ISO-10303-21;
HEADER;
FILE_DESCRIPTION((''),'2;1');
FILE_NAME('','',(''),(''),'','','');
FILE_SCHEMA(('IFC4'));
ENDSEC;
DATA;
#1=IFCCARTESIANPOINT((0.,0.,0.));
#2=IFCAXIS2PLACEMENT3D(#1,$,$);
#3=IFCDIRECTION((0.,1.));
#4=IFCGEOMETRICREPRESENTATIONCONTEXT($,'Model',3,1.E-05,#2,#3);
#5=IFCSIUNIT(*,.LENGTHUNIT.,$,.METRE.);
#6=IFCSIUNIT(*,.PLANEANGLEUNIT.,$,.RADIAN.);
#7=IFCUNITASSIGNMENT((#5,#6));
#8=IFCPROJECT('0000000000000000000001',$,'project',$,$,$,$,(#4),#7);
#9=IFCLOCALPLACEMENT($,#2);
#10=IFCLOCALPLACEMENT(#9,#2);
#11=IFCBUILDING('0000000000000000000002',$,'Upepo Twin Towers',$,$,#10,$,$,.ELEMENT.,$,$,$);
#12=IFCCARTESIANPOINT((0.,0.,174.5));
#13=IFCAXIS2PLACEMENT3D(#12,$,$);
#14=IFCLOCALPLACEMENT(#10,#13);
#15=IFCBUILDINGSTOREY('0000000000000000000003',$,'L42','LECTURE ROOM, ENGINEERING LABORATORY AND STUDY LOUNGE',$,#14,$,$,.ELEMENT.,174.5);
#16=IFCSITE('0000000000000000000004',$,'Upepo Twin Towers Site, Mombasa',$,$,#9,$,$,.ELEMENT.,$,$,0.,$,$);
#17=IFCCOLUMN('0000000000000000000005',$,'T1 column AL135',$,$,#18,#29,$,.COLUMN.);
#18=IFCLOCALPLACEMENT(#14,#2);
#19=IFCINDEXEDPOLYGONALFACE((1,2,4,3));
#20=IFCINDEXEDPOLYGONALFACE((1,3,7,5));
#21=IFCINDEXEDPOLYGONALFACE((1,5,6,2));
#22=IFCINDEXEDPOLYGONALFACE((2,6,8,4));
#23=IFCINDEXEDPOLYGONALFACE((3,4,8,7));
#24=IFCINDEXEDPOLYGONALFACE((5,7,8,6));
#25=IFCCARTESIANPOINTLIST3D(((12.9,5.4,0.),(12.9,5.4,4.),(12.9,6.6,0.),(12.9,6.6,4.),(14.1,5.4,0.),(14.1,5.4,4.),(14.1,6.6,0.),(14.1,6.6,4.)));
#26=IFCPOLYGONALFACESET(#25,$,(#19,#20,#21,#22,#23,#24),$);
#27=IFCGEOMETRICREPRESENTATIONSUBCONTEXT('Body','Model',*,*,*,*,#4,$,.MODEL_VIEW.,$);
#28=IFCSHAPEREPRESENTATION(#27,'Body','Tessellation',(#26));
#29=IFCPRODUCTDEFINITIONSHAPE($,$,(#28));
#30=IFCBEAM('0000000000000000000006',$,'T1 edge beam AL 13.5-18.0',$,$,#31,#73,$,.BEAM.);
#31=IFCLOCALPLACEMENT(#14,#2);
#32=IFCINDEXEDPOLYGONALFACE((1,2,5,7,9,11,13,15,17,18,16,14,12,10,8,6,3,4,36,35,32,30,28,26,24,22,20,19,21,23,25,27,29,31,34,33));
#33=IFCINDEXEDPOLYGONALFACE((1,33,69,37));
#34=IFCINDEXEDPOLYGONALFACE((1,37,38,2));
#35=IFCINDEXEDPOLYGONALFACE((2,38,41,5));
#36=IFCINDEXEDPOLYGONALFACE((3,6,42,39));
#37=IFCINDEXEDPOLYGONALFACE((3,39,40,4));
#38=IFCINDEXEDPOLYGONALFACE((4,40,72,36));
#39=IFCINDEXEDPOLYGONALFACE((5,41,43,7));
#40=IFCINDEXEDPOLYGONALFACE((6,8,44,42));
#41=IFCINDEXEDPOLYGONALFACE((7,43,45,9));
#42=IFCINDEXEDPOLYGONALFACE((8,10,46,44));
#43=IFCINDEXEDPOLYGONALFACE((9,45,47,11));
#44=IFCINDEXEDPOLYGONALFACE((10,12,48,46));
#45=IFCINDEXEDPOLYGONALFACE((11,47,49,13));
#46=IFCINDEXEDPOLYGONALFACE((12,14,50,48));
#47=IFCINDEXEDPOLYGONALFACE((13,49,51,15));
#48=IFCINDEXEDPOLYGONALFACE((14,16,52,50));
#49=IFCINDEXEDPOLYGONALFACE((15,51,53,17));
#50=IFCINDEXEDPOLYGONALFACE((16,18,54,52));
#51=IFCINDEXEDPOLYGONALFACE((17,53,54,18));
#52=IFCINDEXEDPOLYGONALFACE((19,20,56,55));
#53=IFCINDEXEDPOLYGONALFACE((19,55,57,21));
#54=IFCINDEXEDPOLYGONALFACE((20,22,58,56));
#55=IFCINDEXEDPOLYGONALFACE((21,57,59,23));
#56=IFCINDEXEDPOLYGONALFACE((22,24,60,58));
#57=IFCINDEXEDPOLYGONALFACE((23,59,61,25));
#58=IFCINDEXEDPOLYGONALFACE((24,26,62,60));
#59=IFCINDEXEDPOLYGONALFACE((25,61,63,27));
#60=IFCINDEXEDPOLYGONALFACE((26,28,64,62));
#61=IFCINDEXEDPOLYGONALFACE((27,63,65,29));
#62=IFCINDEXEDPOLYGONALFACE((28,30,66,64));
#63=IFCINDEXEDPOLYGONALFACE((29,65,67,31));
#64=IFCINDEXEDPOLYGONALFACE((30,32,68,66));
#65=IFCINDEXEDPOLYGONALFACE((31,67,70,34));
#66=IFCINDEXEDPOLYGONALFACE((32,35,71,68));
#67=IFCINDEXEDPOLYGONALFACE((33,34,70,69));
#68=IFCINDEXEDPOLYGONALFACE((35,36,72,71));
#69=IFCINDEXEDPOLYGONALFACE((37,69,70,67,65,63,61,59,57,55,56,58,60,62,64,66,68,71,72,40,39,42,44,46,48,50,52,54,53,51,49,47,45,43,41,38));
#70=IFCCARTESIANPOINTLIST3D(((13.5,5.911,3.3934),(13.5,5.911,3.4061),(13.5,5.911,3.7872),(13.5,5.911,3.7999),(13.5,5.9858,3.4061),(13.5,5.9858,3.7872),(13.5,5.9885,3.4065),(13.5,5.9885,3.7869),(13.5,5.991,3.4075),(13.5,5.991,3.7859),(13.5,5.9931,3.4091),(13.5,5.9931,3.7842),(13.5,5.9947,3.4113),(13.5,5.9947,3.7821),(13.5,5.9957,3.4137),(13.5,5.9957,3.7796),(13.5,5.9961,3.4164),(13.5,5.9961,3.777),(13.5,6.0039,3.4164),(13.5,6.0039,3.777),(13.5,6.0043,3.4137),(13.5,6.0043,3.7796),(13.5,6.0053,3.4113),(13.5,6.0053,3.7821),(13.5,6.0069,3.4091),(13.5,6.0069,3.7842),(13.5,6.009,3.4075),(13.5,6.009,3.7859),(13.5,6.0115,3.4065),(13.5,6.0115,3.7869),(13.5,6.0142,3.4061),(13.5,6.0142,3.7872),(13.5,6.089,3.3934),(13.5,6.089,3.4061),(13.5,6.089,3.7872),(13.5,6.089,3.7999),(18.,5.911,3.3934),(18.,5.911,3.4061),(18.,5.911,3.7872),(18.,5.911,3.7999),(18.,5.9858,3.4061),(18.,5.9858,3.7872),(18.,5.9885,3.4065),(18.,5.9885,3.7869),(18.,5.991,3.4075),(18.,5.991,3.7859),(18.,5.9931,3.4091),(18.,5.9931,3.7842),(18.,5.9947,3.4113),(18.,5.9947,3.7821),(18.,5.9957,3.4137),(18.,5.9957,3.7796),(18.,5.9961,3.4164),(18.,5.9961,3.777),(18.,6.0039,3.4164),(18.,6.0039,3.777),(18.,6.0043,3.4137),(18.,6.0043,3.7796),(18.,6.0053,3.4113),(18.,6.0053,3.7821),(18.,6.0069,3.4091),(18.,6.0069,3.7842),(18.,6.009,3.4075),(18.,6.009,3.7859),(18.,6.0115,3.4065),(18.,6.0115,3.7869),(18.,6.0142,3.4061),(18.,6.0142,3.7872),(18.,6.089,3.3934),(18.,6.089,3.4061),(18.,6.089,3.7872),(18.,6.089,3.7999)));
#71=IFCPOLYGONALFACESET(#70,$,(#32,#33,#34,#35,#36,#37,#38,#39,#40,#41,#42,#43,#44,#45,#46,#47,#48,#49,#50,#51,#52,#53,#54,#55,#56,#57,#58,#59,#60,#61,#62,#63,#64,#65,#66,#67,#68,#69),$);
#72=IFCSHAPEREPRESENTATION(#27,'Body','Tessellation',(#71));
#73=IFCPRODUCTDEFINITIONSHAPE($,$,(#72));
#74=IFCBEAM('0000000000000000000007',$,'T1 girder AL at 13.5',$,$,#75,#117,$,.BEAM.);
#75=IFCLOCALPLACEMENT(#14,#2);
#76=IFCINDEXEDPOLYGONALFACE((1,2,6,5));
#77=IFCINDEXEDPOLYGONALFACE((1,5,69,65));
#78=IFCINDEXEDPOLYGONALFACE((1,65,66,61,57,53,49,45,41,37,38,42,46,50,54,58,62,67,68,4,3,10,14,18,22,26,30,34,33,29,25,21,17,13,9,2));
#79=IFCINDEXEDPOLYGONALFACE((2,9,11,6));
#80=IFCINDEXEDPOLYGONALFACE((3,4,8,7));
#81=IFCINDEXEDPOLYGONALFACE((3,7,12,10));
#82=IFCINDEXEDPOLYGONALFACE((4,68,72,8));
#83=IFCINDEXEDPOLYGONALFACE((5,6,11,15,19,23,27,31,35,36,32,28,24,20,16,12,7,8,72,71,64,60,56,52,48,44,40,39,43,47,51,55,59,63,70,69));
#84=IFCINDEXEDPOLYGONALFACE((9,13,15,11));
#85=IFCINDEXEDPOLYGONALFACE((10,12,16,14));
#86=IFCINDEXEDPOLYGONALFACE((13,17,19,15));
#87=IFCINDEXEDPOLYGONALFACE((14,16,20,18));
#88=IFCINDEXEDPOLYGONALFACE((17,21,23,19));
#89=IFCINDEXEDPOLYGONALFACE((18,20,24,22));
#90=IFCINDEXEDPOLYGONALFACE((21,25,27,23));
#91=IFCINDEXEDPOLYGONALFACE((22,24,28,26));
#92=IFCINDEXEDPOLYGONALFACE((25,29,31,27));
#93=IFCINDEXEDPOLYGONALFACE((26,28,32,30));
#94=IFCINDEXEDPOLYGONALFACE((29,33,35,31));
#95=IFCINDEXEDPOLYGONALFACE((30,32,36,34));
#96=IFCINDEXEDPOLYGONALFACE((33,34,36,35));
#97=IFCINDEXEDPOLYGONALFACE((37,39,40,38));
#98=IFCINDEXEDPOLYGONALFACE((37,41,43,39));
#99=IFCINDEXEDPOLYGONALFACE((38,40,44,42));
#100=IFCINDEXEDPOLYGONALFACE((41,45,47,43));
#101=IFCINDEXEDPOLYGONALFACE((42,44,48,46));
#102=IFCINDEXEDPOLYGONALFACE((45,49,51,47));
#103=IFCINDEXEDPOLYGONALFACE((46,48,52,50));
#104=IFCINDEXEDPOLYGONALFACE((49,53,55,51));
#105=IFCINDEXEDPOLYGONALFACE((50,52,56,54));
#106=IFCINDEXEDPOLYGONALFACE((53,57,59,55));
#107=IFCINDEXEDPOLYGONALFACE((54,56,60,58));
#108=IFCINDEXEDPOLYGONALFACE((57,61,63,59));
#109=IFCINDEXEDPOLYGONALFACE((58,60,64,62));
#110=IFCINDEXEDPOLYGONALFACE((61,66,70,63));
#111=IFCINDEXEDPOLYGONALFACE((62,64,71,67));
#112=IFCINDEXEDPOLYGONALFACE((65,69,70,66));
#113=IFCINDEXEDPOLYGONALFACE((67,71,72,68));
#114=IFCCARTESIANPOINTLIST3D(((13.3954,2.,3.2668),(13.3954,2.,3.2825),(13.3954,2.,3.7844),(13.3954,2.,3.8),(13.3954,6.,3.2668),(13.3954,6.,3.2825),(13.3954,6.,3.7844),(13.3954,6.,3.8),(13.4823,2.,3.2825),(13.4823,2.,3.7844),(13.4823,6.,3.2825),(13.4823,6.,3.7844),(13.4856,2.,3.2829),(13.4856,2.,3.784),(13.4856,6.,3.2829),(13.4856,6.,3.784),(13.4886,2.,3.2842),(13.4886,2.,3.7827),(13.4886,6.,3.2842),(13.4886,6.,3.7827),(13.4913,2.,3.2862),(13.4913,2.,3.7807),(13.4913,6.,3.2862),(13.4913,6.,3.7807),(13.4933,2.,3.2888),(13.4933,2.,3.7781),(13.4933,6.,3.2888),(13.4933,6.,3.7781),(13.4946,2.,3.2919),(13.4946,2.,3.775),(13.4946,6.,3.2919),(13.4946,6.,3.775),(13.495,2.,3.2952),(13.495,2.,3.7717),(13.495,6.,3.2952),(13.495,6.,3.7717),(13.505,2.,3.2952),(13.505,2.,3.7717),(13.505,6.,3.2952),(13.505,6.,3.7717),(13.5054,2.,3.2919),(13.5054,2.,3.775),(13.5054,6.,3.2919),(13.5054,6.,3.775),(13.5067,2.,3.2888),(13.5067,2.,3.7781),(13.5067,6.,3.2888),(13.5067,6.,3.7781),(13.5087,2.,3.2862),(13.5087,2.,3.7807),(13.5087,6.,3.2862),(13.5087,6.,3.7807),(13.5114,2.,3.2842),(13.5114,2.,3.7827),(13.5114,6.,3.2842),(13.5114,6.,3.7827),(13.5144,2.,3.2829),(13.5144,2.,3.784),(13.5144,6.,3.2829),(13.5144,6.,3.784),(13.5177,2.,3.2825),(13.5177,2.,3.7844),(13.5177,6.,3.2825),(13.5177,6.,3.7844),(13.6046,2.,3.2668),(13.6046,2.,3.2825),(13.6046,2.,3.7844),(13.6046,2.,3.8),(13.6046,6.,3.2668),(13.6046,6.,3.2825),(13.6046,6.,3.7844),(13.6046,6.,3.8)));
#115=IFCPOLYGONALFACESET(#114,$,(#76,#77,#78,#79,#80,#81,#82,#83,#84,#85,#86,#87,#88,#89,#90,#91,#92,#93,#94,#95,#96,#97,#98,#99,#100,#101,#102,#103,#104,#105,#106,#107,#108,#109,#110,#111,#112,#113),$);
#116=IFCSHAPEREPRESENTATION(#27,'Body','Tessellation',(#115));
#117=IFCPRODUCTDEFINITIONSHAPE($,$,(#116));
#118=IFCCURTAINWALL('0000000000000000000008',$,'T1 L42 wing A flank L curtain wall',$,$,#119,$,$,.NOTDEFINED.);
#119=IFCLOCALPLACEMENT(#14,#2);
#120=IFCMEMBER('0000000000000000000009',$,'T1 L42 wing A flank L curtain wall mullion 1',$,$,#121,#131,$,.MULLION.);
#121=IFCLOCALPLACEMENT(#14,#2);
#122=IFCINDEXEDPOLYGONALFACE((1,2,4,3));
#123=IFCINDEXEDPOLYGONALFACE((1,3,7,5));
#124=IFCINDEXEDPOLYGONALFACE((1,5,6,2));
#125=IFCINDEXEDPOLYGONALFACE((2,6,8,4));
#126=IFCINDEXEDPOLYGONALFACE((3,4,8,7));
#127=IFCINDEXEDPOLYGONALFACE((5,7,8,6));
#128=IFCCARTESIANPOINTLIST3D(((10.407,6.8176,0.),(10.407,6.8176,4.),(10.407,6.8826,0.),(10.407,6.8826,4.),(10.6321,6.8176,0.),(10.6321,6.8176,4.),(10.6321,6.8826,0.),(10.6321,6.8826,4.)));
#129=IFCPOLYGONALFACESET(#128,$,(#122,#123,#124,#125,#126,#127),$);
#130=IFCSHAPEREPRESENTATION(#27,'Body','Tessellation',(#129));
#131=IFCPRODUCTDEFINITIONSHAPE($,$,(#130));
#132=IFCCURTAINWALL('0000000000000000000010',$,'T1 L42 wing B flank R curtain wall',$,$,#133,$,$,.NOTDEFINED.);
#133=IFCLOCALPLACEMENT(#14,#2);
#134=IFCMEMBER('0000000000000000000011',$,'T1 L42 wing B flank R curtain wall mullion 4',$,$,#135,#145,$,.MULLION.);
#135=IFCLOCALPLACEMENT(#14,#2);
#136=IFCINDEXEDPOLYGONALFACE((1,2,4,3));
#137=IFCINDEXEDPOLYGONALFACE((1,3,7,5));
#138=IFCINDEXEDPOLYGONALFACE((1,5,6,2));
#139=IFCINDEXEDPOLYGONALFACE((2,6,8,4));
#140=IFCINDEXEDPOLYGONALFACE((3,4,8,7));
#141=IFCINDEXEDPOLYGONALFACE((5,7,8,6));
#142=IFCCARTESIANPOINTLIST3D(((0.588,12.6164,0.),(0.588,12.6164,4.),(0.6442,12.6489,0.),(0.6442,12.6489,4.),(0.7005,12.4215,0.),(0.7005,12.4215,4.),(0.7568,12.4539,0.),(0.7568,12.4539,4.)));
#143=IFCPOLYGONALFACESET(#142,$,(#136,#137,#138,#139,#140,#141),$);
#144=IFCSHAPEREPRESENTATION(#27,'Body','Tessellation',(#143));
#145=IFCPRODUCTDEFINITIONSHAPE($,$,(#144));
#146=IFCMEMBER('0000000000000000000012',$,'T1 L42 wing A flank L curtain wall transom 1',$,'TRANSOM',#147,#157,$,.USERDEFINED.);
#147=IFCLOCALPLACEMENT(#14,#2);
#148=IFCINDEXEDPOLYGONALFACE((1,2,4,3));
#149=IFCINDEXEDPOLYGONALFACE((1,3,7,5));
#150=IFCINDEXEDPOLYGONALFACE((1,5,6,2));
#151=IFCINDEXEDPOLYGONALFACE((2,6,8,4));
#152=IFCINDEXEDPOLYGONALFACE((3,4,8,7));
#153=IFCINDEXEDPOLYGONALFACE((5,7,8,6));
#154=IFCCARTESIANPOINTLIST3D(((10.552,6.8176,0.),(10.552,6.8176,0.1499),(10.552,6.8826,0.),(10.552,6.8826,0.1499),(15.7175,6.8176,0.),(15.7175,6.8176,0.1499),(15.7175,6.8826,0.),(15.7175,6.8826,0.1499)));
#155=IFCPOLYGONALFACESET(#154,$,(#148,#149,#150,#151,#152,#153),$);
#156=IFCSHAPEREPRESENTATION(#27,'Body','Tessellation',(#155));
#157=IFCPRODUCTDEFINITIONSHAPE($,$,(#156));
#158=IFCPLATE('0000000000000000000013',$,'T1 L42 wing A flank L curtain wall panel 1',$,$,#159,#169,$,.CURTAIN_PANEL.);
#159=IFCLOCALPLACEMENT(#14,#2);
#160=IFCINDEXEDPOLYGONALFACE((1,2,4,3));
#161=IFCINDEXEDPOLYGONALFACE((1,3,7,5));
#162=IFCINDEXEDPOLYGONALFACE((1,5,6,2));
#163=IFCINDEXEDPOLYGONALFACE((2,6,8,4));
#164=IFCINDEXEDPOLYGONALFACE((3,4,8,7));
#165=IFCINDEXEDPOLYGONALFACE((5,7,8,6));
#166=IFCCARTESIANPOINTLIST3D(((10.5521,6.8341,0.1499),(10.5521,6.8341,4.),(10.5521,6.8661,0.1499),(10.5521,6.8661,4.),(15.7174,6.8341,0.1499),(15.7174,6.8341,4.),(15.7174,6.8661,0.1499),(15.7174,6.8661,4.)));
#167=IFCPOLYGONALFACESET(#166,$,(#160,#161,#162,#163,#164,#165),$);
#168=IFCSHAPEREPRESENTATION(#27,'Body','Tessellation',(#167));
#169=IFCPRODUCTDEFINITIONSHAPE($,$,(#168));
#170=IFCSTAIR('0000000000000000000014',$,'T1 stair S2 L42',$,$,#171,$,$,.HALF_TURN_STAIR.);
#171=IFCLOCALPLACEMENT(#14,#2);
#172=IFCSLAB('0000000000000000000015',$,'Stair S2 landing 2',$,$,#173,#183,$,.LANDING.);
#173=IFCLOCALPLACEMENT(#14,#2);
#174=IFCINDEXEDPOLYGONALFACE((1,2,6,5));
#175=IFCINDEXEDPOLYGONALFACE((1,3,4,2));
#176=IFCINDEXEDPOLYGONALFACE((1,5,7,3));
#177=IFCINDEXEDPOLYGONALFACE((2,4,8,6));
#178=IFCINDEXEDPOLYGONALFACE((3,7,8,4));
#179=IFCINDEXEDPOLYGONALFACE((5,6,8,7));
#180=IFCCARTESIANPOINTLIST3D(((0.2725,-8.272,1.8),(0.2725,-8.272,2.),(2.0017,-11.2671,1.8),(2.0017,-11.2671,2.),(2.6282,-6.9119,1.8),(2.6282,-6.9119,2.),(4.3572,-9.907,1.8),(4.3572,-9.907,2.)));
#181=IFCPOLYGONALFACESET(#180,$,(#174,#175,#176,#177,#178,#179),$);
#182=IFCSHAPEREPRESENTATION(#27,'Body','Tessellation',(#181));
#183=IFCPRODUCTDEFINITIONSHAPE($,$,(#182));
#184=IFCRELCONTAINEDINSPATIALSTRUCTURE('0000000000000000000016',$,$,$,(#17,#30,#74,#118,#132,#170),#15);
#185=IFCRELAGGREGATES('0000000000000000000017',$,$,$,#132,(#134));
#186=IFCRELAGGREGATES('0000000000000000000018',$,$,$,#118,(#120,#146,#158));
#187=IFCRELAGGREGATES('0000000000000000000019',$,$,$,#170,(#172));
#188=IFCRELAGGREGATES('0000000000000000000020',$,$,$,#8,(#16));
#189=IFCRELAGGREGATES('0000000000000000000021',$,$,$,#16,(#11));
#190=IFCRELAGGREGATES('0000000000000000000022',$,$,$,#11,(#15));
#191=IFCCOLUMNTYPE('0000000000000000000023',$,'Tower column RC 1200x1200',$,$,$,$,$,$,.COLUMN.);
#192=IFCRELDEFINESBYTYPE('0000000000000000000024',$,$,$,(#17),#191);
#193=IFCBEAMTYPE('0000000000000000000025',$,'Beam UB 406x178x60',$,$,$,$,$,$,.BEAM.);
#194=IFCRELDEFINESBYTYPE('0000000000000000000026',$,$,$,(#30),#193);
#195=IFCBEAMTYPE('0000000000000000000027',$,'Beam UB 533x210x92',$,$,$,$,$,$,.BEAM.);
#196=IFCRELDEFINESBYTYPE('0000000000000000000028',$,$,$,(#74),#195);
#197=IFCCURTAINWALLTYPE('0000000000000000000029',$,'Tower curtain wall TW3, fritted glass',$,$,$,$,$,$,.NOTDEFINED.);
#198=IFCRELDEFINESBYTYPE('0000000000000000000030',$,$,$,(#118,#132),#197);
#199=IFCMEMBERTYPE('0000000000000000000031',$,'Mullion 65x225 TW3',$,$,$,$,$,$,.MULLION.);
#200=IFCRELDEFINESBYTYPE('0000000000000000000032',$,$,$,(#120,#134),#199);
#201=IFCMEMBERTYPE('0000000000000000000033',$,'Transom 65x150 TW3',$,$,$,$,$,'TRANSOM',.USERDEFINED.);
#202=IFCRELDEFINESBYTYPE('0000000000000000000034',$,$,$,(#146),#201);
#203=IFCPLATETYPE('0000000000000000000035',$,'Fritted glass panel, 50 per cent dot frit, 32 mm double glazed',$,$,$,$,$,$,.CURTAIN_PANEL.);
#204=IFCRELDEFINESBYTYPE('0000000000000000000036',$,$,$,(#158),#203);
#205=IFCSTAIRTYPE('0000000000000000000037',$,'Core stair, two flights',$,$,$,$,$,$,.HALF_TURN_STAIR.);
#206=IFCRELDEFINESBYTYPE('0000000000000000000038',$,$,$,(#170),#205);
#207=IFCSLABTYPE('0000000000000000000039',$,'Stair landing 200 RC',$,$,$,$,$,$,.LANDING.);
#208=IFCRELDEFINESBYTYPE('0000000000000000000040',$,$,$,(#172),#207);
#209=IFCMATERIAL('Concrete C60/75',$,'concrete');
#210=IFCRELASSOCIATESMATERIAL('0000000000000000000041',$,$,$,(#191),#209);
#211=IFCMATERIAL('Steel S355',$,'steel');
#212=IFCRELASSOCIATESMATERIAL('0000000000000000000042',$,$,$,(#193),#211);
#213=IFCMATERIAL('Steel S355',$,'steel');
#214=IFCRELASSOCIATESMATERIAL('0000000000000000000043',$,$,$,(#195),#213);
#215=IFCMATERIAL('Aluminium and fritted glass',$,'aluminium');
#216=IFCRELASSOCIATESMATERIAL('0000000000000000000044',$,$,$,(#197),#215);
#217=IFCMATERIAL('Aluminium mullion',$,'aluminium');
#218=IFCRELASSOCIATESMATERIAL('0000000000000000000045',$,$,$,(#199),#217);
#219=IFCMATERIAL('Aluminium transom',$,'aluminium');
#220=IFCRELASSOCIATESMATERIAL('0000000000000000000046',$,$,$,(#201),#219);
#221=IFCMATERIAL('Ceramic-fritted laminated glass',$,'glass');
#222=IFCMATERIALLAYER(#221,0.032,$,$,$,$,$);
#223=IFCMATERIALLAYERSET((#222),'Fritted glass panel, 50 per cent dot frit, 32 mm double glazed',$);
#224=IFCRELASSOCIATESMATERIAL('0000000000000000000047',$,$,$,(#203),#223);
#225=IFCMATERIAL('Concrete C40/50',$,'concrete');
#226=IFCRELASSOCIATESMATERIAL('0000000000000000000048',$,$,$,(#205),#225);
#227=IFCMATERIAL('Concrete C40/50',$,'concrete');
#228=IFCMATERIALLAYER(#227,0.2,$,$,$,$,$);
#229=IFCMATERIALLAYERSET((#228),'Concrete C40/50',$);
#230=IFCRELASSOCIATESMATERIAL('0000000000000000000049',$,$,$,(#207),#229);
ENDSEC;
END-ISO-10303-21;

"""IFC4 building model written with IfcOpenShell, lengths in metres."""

from ifc_helpers import new_model, si_unit, direction, frame, origin, origin_2d, place, context, subcontext, project, spatial, polyline, rectangle, i_section, outline, extrude, material, layer, layer_set, material_profile, profile_set, type_object, element, aggregate, save


model = new_model("IFC4")

# Units and contexts
model_context = context("Model", 3, precision=1e-05, world=origin(), true_north=direction((0.0, 1.0)))
body_context = subcontext(model_context, "Body", "Model", "MODEL_VIEW")
ifc_project = project(units=[si_unit("LENGTHUNIT", "METRE"), si_unit("PLANEANGLEUNIT", "RADIAN")], contexts=[model_context])

# Site, building, storey
site_placement = place(None, origin())
site = spatial("IfcSite", under=ifc_project, at=site_placement, Name="Upepo Twin Towers Site, Mombasa", CompositionType="ELEMENT", RefElevation=0.0)
building_placement = place(site_placement, origin())
building = spatial("IfcBuilding", under=site, at=building_placement, Name="Upepo Twin Towers", CompositionType="ELEMENT")
storey_placement = place(building_placement, frame((0.0, 0.0, 174.5)))
storey = spatial("IfcBuildingStorey", under=building, at=storey_placement, Name="L42", Description="LECTURE ROOM, ENGINEERING LABORATORY AND STUDY LOUNGE", CompositionType="ELEMENT", Elevation=174.5)

# Column
ifc_material_1 = material(Name="Concrete C60/75", Category="concrete")
ifc_material_profile_1 = material_profile(ifc_material_1, rectangle(XDim=1.2, YDim=1.2, at=origin_2d()), Name="RC 1200x1200")
ifc_profile_set_1 = profile_set([ifc_material_profile_1], Name="Concrete C60/75")
column_type = type_object("IfcColumnType", Name="Tower column RC 1200x1200", PredefinedType="COLUMN", material=ifc_profile_set_1)
column_placement = place(storey_placement, frame((13.5, 6.0, 0.0), z_axis=(0.0, 0.0, 1.0), x_axis=(1.0, 0.0, 0.0)))
element("IfcColumn", 1, at=column_placement, inside=storey, type_object=column_type, Name="T1 column AL135", PredefinedType="COLUMN", context=body_context, shape_type="SweptSolid", body=[
    extrude(rectangle(XDim=1.2, YDim=1.2, at=origin_2d()), origin(), (0.0, 0.0, 1.0), 4.0),
])

# Beams
ifc_material_2 = material(Name="Steel S355", Category="steel")
ifc_material_profile_2 = material_profile(ifc_material_2, i_section(OverallWidth=0.178, OverallDepth=0.4065, WebThickness=0.0078, FlangeThickness=0.0127, FilletRadius=0.0103, at=origin_2d()), Name="UB 406x178x60")
ifc_profile_set_2 = profile_set([ifc_material_profile_2], Name="Steel S355")
beam_type_1 = type_object("IfcBeamType", Name="Beam UB 406x178x60", PredefinedType="BEAM", material=ifc_profile_set_2)
beam_1_placement = place(storey_placement, frame((13.5, 6.0, 3.5967), z_axis=(1.0, 0.0, 0.0), x_axis=(0.0, 1.0, 0.0)))
element("IfcBeam", 2, at=beam_1_placement, inside=storey, type_object=beam_type_1, Name="T1 edge beam AL 13.5-18.0", PredefinedType="BEAM", context=body_context, shape_type="SweptSolid", body=[
    extrude(i_section(OverallWidth=0.178, OverallDepth=0.4065, WebThickness=0.0078, FlangeThickness=0.0127, FilletRadius=0.0103, at=origin_2d()), origin(), (0.0, 0.0, 1.0), 4.5),
])
ifc_material_3 = material(Name="Steel S355", Category="steel")
ifc_material_profile_3 = material_profile(ifc_material_3, i_section(OverallWidth=0.2092, OverallDepth=0.5332, WebThickness=0.01, FlangeThickness=0.0156, FilletRadius=0.0127, at=origin_2d()), Name="UB 533x210x92")
ifc_profile_set_3 = profile_set([ifc_material_profile_3], Name="Steel S355")
beam_type_2 = type_object("IfcBeamType", Name="Beam UB 533x210x92", PredefinedType="BEAM", material=ifc_profile_set_3)
beam_2_placement = place(storey_placement, frame((13.5, 6.0, 3.5334), z_axis=(0.0, -1.0, 0.0), x_axis=(1.0, 0.0, 0.0)))
element("IfcBeam", 3, at=beam_2_placement, inside=storey, type_object=beam_type_2, Name="T1 girder AL at 13.5", PredefinedType="BEAM", context=body_context, shape_type="SweptSolid", body=[
    extrude(i_section(OverallWidth=0.2092, OverallDepth=0.5332, WebThickness=0.01, FlangeThickness=0.0156, FilletRadius=0.0127, at=origin_2d()), origin(), (0.0, 0.0, 1.0), 4.0),
])

# Curtain walls, members
ifc_material_4 = material(Name="Aluminium and fritted glass", Category="aluminium")
curtain_wall_type = type_object("IfcCurtainWallType", Name="Tower curtain wall TW3, fritted glass", PredefinedType="NOTDEFINED", material=ifc_material_4)
curtain_wall_1_placement = place(storey_placement, origin())
curtain_wall_1 = element("IfcCurtainWall", 4, at=curtain_wall_1_placement, inside=storey, type_object=curtain_wall_type, Name="T1 L42 wing A flank L curtain wall", PredefinedType="NOTDEFINED")
ifc_material_5 = material(Name="Aluminium mullion", Category="aluminium")
ifc_material_profile_4 = material_profile(ifc_material_5, rectangle(XDim=0.0649, YDim=0.2251, at=origin_2d()), Name="MULLION 65x225")
ifc_profile_set_4 = profile_set([ifc_material_profile_4], Name="Aluminium mullion")
member_type_1 = type_object("IfcMemberType", Name="Mullion 65x225 TW3", PredefinedType="MULLION", material=ifc_profile_set_4)
member_1_placement = place(storey_placement, frame((10.5195, 6.8501, 0.0), z_axis=(0.0, 0.0, 1.0), x_axis=(0.0, 1.0, 0.0)))
member_1 = element("IfcMember", 5, at=member_1_placement, type_object=member_type_1, Name="T1 L42 wing A flank L curtain wall mullion 1", PredefinedType="MULLION", context=body_context, shape_type="SweptSolid", body=[
    extrude(rectangle(XDim=0.0649, YDim=0.2251, at=origin_2d()), origin(), (0.0, 0.0, 1.0), 4.0),
])
curtain_wall_2_placement = place(storey_placement, origin())
curtain_wall_2 = element("IfcCurtainWall", 6, at=curtain_wall_2_placement, inside=storey, type_object=curtain_wall_type, Name="T1 L42 wing B flank R curtain wall", PredefinedType="NOTDEFINED")
member_2_placement = place(storey_placement, frame((0.6724, 12.5352, 0.0), z_axis=(0.0, 0.0, 1.0), x_axis=(0.866025, 0.5, 0.0)))
member_2 = element("IfcMember", 7, at=member_2_placement, type_object=member_type_1, Name="T1 L42 wing B flank R curtain wall mullion 4", PredefinedType="MULLION", context=body_context, shape_type="SweptSolid", body=[
    extrude(rectangle(XDim=0.0649, YDim=0.2251, at=origin_2d()), origin(), (0.0, 0.0, 1.0), 4.0),
])
aggregate(curtain_wall_2, [member_2])

# Member
ifc_material_6 = material(Name="Aluminium transom", Category="aluminium")
ifc_material_profile_5 = material_profile(ifc_material_6, rectangle(XDim=0.0649, YDim=0.1499, at=origin_2d()), Name="TRANSOM 65x150")
ifc_profile_set_5 = profile_set([ifc_material_profile_5], Name="Aluminium transom")
member_type_2 = type_object("IfcMemberType", Name="Transom 65x150 TW3", ElementType="TRANSOM", PredefinedType="USERDEFINED", material=ifc_profile_set_5)
member_3_placement = place(storey_placement, frame((10.552, 6.8501, 0.075), z_axis=(1.0, 0.0, 0.0), x_axis=(0.0, 1.0, 0.0)))
member_3 = element("IfcMember", 8, at=member_3_placement, type_object=member_type_2, Name="T1 L42 wing A flank L curtain wall transom 1", ObjectType="TRANSOM", PredefinedType="USERDEFINED", context=body_context, shape_type="SweptSolid", body=[
    extrude(rectangle(XDim=0.0649, YDim=0.1499, at=origin_2d()), origin(), (0.0, 0.0, 1.0), 5.1655),
])

# Plate
ifc_material_7 = material(Name="Ceramic-fritted laminated glass", Category="glass")
ifc_layer_1 = layer(ifc_material_7, 0.032)
ifc_layer_set_1 = layer_set([ifc_layer_1], Name="Fritted glass panel, 50 per cent dot frit, 32 mm double glazed")
plate_type = type_object("IfcPlateType", Name="Fritted glass panel, 50 per cent dot frit, 32 mm double glazed", PredefinedType="CURTAIN_PANEL", material=ifc_layer_set_1)
plate_placement = place(storey_placement, frame((13.1348, 6.8501, 0.1499), z_axis=(0.0, 0.0, 1.0), x_axis=(1.0, 0.0, 0.0)))
plate = element("IfcPlate", 9, at=plate_placement, type_object=plate_type, Name="T1 L42 wing A flank L curtain wall panel 1", PredefinedType="CURTAIN_PANEL", context=body_context, shape_type="SweptSolid", body=[
    extrude(rectangle(XDim=5.1653, YDim=0.032, at=origin_2d()), origin(), (0.0, 0.0, 1.0), 3.8501),
])
aggregate(curtain_wall_1, [member_1, member_3, plate])

# Stair, slab
ifc_material_8 = material(Name="Concrete C40/50", Category="concrete")
stair_type = type_object("IfcStairType", Name="Core stair, two flights", PredefinedType="HALF_TURN_STAIR", material=ifc_material_8)
stair_1_placement = place(storey_placement, origin())
stair_1 = element("IfcStair", 10, at=stair_1_placement, inside=storey, type_object=stair_type, Name="T1 stair S2 L42", PredefinedType="HALF_TURN_STAIR")
ifc_material_9 = material(Name="Concrete C40/50", Category="concrete")
ifc_layer_2 = layer(ifc_material_9, 0.2)
ifc_layer_set_2 = layer_set([ifc_layer_2], Name="Concrete C40/50")
slab_type = type_object("IfcSlabType", Name="Stair landing 200 RC", PredefinedType="LANDING", material=ifc_layer_set_2)
slab_1_placement = place(storey_placement, frame((0.0, 0.0, 1.8)))
slab_1 = element("IfcSlab", 11, at=slab_1_placement, type_object=slab_type, Name="Stair S2 landing 2", PredefinedType="LANDING", context=body_context, shape_type="SweptSolid", body=[
    extrude(outline(polyline([(0.2725, -8.272), (2.0017, -11.2671), (4.3572, -9.907), (2.6282, -6.9119), (0.2725, -8.272)])), origin(), (0.0, 0.0, 1.0), 0.2),
])
aggregate(stair_1, [slab_1])

save(model, "model.ifc")
